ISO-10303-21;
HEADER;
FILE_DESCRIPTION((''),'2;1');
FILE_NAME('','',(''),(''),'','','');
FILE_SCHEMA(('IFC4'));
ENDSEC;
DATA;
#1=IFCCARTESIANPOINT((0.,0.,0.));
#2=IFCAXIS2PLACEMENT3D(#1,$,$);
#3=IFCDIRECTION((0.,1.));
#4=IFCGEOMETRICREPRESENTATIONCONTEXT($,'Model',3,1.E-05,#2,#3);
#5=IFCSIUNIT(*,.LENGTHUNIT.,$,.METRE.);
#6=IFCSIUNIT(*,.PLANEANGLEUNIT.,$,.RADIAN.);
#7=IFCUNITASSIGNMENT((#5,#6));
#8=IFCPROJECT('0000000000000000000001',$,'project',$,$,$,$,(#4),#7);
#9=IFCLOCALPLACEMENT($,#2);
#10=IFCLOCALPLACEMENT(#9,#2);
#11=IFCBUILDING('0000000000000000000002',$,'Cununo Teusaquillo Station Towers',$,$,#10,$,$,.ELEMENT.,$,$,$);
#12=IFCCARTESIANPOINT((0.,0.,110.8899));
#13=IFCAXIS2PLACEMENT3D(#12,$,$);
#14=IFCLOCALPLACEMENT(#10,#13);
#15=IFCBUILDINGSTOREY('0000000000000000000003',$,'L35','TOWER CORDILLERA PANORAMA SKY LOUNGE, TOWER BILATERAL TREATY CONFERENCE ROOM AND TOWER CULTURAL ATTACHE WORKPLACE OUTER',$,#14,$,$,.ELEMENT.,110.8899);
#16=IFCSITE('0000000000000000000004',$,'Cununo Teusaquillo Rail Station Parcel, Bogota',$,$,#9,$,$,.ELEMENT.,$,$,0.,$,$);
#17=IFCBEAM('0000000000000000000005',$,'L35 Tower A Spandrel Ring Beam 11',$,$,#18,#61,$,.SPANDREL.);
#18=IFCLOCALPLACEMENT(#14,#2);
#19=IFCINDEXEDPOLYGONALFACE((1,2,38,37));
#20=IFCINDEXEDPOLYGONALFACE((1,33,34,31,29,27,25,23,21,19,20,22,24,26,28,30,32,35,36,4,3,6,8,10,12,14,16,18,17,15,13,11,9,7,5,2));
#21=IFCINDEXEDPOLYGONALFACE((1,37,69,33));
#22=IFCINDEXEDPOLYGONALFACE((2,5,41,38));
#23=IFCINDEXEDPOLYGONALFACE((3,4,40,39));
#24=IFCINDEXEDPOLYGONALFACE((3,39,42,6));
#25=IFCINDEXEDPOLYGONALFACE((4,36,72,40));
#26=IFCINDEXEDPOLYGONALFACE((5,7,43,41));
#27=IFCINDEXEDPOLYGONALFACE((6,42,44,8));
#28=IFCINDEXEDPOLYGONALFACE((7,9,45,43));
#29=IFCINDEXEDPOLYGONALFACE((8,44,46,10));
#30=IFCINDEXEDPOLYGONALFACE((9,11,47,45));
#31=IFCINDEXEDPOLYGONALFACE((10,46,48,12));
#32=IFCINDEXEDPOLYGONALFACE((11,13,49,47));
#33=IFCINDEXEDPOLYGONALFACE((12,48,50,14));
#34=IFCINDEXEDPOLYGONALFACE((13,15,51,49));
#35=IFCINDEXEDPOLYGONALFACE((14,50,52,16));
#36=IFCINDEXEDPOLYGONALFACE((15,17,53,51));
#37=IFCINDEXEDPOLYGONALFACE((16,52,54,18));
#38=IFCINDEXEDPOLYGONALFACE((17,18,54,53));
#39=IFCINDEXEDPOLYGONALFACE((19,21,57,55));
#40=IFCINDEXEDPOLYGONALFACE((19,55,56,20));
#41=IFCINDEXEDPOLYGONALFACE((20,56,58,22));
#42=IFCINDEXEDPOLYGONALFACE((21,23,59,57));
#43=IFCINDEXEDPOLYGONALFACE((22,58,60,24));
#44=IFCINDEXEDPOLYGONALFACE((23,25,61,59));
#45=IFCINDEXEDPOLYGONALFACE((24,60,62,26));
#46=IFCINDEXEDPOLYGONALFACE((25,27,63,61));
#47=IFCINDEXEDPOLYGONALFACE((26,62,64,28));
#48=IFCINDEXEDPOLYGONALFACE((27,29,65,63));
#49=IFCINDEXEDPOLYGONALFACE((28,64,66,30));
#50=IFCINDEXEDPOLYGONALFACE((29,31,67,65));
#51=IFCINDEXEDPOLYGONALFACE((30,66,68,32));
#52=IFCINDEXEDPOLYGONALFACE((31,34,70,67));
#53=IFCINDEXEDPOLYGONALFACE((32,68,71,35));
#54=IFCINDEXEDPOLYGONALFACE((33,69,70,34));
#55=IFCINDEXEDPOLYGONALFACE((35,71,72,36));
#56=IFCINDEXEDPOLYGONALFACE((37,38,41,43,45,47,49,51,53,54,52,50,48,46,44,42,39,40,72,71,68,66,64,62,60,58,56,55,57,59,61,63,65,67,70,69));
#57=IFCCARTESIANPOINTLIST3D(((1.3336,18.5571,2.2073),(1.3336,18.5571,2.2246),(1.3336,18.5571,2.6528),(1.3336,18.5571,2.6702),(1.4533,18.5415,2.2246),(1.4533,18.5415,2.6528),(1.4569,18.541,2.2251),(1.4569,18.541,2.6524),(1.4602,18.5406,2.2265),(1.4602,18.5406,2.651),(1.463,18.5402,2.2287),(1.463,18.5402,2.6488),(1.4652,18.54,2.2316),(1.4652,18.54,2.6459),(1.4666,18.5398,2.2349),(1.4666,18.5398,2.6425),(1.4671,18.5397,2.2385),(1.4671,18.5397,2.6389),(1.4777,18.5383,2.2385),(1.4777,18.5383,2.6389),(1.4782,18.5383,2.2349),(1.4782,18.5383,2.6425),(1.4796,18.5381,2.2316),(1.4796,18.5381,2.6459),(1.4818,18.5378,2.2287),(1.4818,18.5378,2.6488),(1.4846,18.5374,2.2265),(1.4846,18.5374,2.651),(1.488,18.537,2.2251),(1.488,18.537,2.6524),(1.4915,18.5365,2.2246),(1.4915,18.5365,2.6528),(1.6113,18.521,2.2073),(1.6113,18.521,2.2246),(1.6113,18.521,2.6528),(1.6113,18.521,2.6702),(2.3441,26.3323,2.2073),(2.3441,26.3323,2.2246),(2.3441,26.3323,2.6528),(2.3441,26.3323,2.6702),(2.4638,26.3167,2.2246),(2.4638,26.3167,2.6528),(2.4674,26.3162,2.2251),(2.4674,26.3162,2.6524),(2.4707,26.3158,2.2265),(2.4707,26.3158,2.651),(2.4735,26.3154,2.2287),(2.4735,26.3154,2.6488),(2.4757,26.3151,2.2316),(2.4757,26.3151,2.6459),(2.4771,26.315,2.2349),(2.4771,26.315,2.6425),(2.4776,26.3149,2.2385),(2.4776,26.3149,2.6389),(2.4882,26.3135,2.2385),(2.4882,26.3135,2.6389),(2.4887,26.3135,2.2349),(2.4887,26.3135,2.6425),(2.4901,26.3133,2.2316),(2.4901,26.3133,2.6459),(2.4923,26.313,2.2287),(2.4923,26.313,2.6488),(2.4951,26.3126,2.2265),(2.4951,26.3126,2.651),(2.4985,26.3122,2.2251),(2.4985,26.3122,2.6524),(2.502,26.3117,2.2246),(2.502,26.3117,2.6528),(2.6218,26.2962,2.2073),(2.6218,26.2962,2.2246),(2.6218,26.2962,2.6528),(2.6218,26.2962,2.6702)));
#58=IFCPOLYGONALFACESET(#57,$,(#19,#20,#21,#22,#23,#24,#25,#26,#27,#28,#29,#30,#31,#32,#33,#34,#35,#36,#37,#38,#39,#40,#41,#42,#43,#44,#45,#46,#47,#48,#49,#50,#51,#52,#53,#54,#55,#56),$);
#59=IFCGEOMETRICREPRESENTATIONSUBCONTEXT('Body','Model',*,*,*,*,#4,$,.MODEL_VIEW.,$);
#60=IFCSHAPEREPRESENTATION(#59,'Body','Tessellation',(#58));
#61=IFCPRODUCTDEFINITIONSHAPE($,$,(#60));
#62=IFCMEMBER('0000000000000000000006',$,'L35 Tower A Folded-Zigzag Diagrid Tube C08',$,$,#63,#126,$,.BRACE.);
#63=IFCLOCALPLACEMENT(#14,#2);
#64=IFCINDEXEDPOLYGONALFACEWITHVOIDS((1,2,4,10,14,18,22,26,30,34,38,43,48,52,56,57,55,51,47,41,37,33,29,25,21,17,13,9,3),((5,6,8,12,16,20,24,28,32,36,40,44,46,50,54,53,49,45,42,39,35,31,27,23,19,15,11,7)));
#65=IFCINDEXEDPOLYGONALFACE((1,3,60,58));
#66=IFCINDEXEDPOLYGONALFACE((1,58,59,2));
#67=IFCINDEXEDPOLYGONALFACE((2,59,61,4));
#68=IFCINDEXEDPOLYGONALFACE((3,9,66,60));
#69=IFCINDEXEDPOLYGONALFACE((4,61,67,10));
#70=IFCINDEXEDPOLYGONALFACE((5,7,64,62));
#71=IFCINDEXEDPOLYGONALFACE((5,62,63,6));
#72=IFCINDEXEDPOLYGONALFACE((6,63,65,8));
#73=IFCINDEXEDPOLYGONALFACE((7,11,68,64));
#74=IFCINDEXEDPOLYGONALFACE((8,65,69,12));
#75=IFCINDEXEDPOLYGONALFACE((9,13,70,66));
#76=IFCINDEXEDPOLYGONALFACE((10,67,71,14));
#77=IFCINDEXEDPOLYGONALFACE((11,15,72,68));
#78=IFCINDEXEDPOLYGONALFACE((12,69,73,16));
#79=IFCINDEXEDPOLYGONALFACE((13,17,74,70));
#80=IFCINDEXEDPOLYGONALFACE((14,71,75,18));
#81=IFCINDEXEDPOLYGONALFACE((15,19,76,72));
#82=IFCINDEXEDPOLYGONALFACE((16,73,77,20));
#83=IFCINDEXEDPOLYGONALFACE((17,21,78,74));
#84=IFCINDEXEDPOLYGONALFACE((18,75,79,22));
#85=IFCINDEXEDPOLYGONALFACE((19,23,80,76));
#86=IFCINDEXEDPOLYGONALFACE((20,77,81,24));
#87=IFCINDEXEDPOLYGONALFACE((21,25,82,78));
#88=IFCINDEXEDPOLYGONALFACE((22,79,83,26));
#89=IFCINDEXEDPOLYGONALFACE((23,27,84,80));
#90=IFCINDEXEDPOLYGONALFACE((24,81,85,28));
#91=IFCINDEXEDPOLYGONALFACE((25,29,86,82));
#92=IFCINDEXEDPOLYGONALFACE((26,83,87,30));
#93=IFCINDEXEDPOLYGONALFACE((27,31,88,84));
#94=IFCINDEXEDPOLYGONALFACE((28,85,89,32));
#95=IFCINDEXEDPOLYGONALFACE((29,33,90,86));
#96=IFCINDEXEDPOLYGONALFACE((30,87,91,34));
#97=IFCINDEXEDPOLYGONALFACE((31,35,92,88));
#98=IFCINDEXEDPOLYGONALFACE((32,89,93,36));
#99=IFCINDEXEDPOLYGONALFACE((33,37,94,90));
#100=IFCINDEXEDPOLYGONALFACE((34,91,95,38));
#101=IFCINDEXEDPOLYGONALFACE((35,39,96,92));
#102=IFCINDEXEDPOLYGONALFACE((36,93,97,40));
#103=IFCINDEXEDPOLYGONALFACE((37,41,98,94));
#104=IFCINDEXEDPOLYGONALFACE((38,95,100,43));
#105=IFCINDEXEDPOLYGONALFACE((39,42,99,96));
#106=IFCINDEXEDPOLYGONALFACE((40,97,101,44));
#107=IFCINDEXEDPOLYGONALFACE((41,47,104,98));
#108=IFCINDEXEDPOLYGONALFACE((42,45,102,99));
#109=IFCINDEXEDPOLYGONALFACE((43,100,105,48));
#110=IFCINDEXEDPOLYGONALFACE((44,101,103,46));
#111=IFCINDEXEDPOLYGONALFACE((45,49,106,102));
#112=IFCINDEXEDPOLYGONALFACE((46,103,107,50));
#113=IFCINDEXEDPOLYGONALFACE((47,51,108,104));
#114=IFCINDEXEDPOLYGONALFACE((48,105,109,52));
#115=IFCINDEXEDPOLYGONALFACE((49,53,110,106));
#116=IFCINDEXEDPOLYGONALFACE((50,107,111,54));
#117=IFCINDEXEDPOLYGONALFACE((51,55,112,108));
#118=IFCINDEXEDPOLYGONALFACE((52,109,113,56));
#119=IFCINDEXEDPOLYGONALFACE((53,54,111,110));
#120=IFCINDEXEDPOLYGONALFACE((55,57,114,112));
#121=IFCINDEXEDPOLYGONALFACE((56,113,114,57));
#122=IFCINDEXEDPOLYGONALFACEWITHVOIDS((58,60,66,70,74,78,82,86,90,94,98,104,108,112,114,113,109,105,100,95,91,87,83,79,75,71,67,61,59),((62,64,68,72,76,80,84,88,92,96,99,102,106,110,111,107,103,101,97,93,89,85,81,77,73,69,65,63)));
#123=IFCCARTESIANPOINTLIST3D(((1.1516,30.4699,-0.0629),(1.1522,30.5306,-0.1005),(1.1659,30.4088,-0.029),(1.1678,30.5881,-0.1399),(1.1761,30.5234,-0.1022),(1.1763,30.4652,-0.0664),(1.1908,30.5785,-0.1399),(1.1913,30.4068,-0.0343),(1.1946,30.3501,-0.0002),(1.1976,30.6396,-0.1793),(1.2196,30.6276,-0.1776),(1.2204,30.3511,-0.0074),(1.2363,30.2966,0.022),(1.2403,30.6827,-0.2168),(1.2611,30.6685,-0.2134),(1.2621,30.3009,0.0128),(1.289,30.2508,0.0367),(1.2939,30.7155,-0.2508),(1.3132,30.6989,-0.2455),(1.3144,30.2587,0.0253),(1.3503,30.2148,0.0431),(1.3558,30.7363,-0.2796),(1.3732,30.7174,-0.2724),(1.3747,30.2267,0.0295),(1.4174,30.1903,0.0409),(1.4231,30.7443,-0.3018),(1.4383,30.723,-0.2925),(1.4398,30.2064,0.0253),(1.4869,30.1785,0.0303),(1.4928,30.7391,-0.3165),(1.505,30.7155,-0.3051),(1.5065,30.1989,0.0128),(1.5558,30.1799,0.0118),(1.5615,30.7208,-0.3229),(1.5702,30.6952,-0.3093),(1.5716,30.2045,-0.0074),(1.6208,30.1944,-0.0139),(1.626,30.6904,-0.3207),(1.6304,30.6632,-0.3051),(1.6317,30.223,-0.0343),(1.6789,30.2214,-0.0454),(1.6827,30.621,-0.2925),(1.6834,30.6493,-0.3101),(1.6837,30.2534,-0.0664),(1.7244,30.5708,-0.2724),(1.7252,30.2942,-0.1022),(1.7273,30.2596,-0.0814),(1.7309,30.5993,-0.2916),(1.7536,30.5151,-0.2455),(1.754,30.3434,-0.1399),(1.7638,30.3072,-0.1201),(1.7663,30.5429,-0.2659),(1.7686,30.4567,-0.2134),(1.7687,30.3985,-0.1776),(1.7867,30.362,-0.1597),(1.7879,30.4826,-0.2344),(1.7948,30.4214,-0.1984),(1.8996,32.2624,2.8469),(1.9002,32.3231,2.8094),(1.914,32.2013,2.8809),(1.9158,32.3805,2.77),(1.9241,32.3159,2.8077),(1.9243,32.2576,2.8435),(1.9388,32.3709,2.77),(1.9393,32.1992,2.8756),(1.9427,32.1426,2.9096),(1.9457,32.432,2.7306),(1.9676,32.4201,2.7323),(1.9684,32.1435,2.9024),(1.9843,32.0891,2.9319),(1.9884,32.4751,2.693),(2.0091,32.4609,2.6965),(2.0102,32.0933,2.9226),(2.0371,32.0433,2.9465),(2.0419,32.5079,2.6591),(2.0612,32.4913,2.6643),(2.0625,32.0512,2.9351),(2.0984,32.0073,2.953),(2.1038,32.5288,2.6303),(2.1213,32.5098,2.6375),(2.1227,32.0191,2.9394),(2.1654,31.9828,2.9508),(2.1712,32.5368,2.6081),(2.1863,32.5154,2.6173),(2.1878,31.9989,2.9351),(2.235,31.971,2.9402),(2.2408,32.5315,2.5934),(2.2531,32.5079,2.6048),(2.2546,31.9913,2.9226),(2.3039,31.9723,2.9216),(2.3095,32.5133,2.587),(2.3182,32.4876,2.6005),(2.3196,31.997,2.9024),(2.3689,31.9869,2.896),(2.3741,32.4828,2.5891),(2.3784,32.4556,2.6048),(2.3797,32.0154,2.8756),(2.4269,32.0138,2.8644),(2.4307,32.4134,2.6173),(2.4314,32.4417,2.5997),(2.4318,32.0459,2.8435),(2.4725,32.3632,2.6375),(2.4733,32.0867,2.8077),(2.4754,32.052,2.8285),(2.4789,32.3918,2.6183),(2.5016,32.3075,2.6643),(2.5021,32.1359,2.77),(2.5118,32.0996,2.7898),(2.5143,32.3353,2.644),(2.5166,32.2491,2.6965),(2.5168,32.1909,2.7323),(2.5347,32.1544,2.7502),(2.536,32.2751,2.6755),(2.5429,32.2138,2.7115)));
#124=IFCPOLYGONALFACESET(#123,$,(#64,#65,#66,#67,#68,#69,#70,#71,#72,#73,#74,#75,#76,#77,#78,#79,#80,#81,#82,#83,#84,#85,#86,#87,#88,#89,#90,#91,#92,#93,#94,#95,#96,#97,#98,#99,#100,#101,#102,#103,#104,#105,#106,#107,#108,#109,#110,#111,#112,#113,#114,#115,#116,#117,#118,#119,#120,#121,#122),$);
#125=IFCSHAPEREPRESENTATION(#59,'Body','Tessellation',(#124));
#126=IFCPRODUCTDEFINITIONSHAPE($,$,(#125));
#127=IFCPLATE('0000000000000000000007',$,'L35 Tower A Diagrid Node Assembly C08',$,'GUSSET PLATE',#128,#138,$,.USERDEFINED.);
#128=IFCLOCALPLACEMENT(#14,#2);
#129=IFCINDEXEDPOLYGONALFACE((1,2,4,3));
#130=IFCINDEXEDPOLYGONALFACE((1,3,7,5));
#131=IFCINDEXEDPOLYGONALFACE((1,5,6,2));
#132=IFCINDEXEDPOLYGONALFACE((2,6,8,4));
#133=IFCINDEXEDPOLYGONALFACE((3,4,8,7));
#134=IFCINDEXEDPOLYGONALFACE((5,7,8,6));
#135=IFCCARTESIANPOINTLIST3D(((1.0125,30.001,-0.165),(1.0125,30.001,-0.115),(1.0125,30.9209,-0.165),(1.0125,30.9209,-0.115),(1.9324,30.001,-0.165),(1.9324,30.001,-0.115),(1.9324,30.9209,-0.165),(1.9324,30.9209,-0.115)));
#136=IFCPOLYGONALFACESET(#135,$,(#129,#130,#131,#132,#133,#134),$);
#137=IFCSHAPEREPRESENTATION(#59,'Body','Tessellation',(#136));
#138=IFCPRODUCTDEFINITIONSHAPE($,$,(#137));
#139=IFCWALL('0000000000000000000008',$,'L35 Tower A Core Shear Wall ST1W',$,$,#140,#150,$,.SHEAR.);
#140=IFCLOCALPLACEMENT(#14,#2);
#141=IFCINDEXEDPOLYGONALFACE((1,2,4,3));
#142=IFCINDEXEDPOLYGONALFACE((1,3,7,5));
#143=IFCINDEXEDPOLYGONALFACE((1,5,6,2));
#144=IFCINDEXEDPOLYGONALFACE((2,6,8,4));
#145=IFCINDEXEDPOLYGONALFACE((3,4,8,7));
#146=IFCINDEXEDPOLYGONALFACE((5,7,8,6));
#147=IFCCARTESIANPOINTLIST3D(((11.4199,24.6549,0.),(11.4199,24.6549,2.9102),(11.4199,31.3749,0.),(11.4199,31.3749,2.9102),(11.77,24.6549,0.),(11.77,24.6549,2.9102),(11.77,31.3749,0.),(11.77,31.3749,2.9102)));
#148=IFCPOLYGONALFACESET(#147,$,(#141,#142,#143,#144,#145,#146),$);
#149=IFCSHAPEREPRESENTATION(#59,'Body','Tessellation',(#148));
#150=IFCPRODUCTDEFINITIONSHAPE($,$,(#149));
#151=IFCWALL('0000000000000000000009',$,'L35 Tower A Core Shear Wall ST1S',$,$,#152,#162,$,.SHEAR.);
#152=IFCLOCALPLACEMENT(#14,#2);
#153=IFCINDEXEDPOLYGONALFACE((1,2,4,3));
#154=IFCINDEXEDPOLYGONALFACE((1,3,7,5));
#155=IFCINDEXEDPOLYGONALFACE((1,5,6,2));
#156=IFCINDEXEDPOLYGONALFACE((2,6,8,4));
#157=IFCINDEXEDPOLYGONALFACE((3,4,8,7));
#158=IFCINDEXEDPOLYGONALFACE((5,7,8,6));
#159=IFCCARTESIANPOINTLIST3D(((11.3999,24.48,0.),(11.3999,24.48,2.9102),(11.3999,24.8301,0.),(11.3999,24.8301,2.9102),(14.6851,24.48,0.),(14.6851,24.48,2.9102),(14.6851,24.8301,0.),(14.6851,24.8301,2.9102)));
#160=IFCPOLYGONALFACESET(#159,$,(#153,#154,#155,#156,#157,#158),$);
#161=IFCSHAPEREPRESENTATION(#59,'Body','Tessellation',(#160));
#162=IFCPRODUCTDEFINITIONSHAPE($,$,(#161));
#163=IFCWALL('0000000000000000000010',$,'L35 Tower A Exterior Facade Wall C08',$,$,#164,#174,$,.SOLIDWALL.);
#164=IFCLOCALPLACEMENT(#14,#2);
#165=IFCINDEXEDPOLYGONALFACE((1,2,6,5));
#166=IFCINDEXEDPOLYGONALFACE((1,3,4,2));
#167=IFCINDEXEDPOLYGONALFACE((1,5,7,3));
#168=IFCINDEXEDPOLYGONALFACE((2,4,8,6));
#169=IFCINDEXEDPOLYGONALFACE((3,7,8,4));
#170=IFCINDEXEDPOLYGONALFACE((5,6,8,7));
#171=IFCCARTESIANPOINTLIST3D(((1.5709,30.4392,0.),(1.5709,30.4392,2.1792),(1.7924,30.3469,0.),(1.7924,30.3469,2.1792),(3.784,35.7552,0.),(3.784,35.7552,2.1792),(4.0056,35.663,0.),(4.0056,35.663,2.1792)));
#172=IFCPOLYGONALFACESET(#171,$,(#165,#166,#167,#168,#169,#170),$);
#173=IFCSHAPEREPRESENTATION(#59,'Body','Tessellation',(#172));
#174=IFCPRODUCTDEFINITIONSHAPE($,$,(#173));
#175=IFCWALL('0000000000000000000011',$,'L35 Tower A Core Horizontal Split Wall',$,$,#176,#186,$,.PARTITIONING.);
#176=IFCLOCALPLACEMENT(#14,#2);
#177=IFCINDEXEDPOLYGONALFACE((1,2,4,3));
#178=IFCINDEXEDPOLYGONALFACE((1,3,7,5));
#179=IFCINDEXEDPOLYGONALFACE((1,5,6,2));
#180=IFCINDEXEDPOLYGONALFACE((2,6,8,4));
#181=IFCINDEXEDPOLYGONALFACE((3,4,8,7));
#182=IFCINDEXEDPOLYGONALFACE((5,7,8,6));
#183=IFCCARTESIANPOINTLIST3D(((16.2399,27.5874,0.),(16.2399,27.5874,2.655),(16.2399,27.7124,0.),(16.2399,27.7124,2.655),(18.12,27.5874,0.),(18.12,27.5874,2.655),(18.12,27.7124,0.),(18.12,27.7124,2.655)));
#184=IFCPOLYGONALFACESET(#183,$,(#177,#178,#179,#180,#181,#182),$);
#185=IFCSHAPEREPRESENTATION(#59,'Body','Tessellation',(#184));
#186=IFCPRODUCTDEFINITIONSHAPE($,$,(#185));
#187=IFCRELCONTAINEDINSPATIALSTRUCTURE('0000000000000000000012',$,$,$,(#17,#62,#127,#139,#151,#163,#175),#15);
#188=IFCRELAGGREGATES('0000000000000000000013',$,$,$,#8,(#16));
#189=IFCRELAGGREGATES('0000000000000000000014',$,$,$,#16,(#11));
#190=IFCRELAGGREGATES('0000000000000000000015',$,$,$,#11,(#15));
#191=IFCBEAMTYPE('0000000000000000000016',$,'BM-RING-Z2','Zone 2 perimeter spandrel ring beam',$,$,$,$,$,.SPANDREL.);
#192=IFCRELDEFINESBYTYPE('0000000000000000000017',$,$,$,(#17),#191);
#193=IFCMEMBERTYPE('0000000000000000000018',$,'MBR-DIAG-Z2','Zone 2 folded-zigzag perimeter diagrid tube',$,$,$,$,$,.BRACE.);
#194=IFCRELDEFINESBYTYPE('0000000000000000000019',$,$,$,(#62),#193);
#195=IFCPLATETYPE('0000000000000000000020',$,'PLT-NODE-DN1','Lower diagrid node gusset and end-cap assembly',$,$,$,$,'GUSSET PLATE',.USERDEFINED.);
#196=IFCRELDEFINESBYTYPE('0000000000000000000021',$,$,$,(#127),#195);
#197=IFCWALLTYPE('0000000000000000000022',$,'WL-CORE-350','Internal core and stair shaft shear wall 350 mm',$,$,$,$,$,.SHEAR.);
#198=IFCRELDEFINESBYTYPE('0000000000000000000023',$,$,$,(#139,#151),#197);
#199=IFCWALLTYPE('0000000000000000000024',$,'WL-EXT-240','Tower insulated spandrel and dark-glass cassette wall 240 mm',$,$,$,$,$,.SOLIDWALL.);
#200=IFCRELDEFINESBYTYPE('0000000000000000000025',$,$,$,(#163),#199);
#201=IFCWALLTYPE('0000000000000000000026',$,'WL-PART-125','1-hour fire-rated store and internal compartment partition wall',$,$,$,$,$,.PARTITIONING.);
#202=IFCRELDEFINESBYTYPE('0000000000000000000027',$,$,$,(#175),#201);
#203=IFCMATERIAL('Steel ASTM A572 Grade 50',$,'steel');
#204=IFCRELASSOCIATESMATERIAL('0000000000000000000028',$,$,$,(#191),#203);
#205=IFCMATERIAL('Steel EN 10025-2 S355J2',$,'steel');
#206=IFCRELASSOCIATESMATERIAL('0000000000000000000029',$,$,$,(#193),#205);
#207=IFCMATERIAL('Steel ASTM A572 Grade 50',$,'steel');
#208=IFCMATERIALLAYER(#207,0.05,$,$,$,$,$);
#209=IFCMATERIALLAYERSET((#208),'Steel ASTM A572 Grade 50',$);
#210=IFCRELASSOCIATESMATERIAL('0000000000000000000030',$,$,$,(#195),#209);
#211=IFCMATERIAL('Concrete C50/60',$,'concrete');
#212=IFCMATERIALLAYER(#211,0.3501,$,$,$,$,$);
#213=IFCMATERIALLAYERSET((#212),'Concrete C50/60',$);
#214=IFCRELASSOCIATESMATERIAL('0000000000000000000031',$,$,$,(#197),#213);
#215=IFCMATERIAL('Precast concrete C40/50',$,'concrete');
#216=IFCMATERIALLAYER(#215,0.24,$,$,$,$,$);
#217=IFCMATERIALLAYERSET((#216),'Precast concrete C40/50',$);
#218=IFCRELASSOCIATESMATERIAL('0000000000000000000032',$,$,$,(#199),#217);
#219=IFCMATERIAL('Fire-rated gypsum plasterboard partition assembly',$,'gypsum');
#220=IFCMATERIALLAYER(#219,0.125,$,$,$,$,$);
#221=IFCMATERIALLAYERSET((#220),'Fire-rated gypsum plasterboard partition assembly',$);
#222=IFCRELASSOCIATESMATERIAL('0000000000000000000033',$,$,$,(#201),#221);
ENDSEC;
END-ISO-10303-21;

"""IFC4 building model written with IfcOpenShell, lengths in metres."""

from ifc_helpers import new_model, si_unit, direction, frame, frame_2d, origin, origin_2d, place, context, subcontext, project, spatial, rectangle, hollow_circle, i_section, extrude, source, transform, mapped, material, layer, layer_set, material_profile, profile_set, type_object, element, save


model = new_model("IFC4")

# Units and contexts
model_context = context("Model", 3, precision=1e-05, world=origin(), true_north=direction((0.0, 1.0)))
body_context = subcontext(model_context, "Body", "Model", "MODEL_VIEW")
ifc_project = project(units=[si_unit("LENGTHUNIT", "METRE"), si_unit("PLANEANGLEUNIT", "RADIAN")], contexts=[model_context])

# Site, building, storey
site_placement = place(None, origin())
site = spatial("IfcSite", under=ifc_project, at=site_placement, Name="Cununo Teusaquillo Rail Station Parcel, Bogota", CompositionType="ELEMENT", RefElevation=0.0)
building_placement = place(site_placement, origin())
building = spatial("IfcBuilding", under=site, at=building_placement, Name="Cununo Teusaquillo Station Towers", CompositionType="ELEMENT")
storey_placement = place(building_placement, frame((0.0, 0.0, 110.8899)))
storey = spatial("IfcBuildingStorey", under=building, at=storey_placement, Name="L35", Description="TOWER CORDILLERA PANORAMA SKY LOUNGE, TOWER BILATERAL TREATY CONFERENCE ROOM AND TOWER CULTURAL ATTACHE WORKPLACE OUTER", CompositionType="ELEMENT", Elevation=110.8899)

# Beam
ifc_material_1 = material(Name="Steel ASTM A572 Grade 50", Category="steel")
ifc_material_profile_1 = material_profile(ifc_material_1, i_section(OverallWidth=0.28, OverallDepth=0.4629, WebThickness=0.0107, FlangeThickness=0.0173, FilletRadius=0.0139, at=origin_2d()), Name="W18X76")
ifc_profile_set_1 = profile_set([ifc_material_profile_1], Name="Steel ASTM A572 Grade 50")
beam_type_1 = type_object("IfcBeamType", Name="BM-RING-Z2", Description="Zone 2 perimeter spandrel ring beam", PredefinedType="SPANDREL", material=ifc_profile_set_1)
beam_1_placement = place(storey_placement, frame((2.4829, 26.3142, 2.4387), z_axis=(-0.128881, -0.99166, 0.0), x_axis=(0.99166, -0.128881, 0.0)))
element("IfcBeam", 1, at=beam_1_placement, inside=storey, type_object=beam_type_1, Name="L35 Tower A Spandrel Ring Beam 11", PredefinedType="SPANDREL", context=body_context, shape_type="SweptSolid", body=[
    extrude(i_section(OverallWidth=0.28, OverallDepth=0.4629, WebThickness=0.0107, FlangeThickness=0.0173, FilletRadius=0.0139, at=origin_2d()), origin(), (0.0, 0.0, 1.0), 7.8406),
])

# Member
ifc_material_2 = material(Name="Steel EN 10025-2 S355J2", Category="steel")
ifc_material_profile_2 = material_profile(ifc_material_2, hollow_circle(Radius=0.3301, WallThickness=0.0249, at=origin_2d()), Name="CHS 660x25")
ifc_profile_set_2 = profile_set([ifc_material_profile_2], Name="Steel EN 10025-2 S355J2")
member_type = type_object("IfcMemberType", Name="MBR-DIAG-Z2", Description="Zone 2 folded-zigzag perimeter diagrid tube", PredefinedType="BRACE", material=ifc_profile_set_2)
member_placement = place(storey_placement, frame((1.4724, 30.4609, -0.1399), z_axis=(0.213814, 0.512343, 0.831738), x_axis=(-0.922861, 0.385133, 0.0)))
element("IfcMember", 2, at=member_placement, inside=storey, type_object=member_type, Name="L35 Tower A Folded-Zigzag Diagrid Tube C08", PredefinedType="BRACE", context=body_context, shape_type="SweptSolid", body=[
    extrude(hollow_circle(Radius=0.3301, WallThickness=0.0249, at=origin_2d()), origin(), (0.0, 0.0, 1.0), 3.4985),
])

# Plate
ifc_material_3 = material(Name="Steel ASTM A572 Grade 50", Category="steel")
ifc_layer_1 = layer(ifc_material_3, 0.05)
ifc_layer_set_1 = layer_set([ifc_layer_1], Name="Steel ASTM A572 Grade 50")
plate_type = type_object("IfcPlateType", Name="PLT-NODE-DN1", Description="Lower diagrid node gusset and end-cap assembly", ElementType="GUSSET PLATE", PredefinedType="USERDEFINED", material=ifc_layer_set_1)
shared_shape_1 = source(origin(), body_context, "Body", "SweptSolid", [
    extrude(rectangle(XDim=0.9199, YDim=0.9199, at=origin_2d()), origin(), (0.0, 0.0, 1.0), 0.05),
])
plate_placement = place(storey_placement, frame((1.4724, 30.4609, -0.165), z_axis=(0.0, 0.0, 1.0), x_axis=(1.0, 0.0, 0.0)))
element("IfcPlate", 3, at=plate_placement, inside=storey, type_object=plate_type, Name="L35 Tower A Diagrid Node Assembly C08", ObjectType="GUSSET PLATE", PredefinedType="USERDEFINED", context=body_context, shape_type="MappedRepresentation", body=[
    mapped(shared_shape_1, transform((0.0, 0.0, 0.0), x_axis=(1.0, 0.0, 0.0), y_axis=(0.0, 1.0, 0.0), z_axis=(0.0, 0.0, 1.0), scale=1.0)),
])

# Walls
ifc_material_4 = material(Name="Concrete C50/60", Category="concrete")
ifc_layer_2 = layer(ifc_material_4, 0.3501)
ifc_layer_set_2 = layer_set([ifc_layer_2], Name="Concrete C50/60")
wall_type_1 = type_object("IfcWallType", Name="WL-CORE-350", Description="Internal core and stair shaft shear wall 350 mm", PredefinedType="SHEAR", material=ifc_layer_set_2)
wall_1_placement = place(storey_placement, frame((11.595, 24.655, 0.0), z_axis=(0.0, 0.0, 1.0), x_axis=(0.0, 1.0, 0.0)))
element("IfcWall", 4, at=wall_1_placement, inside=storey, type_object=wall_type_1, Name="L35 Tower A Core Shear Wall ST1W", PredefinedType="SHEAR", context=body_context, shape_type="SweptSolid", body=[
    extrude(rectangle(XDim=6.72, YDim=0.3501, at=frame_2d((3.3599, 0.0))), origin(), (0.0, 0.0, 1.0), 2.9102),
])
wall_2_placement = place(storey_placement, frame((11.3999, 24.655, 0.0), z_axis=(0.0, 0.0, 1.0), x_axis=(1.0, 0.0, 0.0)))
element("IfcWall", 5, at=wall_2_placement, inside=storey, type_object=wall_type_1, Name="L35 Tower A Core Shear Wall ST1S", PredefinedType="SHEAR", context=body_context, shape_type="SweptSolid", body=[
    extrude(rectangle(XDim=3.2852, YDim=0.3501, at=frame_2d((1.6426, 0.0))), origin(), (0.0, 0.0, 1.0), 2.9102),
])
ifc_material_5 = material(Name="Precast concrete C40/50", Category="concrete")
ifc_layer_3 = layer(ifc_material_5, 0.24)
ifc_layer_set_3 = layer_set([ifc_layer_3], Name="Precast concrete C40/50")
wall_type_2 = type_object("IfcWallType", Name="WL-EXT-240", Description="Tower insulated spandrel and dark-glass cassette wall 240 mm", PredefinedType="SOLIDWALL", material=ifc_layer_set_3)
wall_3_placement = place(storey_placement, frame((1.6816, 30.3931, 0.0), z_axis=(0.0, 0.0, 1.0), x_axis=(0.384344, 0.92319, 0.0)))
element("IfcWall", 6, at=wall_3_placement, inside=storey, type_object=wall_type_2, Name="L35 Tower A Exterior Facade Wall C08", PredefinedType="SOLIDWALL", context=body_context, shape_type="SweptSolid", body=[
    extrude(rectangle(XDim=5.7583, YDim=0.24, at=frame_2d((2.8792, 0.0))), origin(), (0.0, 0.0, 1.0), 2.1792),
])
ifc_material_6 = material(Name="Fire-rated gypsum plasterboard partition assembly", Category="gypsum")
ifc_layer_4 = layer(ifc_material_6, 0.125)
ifc_layer_set_4 = layer_set([ifc_layer_4], Name="Fire-rated gypsum plasterboard partition assembly")
wall_type_3 = type_object("IfcWallType", Name="WL-PART-125", Description="1-hour fire-rated store and internal compartment partition wall", PredefinedType="PARTITIONING", material=ifc_layer_set_4)
wall_4_placement = place(storey_placement, frame((16.24, 27.6499, 0.0), z_axis=(0.0, 0.0, 1.0), x_axis=(1.0, 0.0, 0.0)))
element("IfcWall", 7, at=wall_4_placement, inside=storey, type_object=wall_type_3, Name="L35 Tower A Core Horizontal Split Wall", PredefinedType="PARTITIONING", context=body_context, shape_type="SweptSolid", body=[
    extrude(rectangle(XDim=1.8801, YDim=0.125, at=frame_2d((0.9399, 0.0))), origin(), (0.0, 0.0, 1.0), 2.655),
])

save(model, "model.ifc")
